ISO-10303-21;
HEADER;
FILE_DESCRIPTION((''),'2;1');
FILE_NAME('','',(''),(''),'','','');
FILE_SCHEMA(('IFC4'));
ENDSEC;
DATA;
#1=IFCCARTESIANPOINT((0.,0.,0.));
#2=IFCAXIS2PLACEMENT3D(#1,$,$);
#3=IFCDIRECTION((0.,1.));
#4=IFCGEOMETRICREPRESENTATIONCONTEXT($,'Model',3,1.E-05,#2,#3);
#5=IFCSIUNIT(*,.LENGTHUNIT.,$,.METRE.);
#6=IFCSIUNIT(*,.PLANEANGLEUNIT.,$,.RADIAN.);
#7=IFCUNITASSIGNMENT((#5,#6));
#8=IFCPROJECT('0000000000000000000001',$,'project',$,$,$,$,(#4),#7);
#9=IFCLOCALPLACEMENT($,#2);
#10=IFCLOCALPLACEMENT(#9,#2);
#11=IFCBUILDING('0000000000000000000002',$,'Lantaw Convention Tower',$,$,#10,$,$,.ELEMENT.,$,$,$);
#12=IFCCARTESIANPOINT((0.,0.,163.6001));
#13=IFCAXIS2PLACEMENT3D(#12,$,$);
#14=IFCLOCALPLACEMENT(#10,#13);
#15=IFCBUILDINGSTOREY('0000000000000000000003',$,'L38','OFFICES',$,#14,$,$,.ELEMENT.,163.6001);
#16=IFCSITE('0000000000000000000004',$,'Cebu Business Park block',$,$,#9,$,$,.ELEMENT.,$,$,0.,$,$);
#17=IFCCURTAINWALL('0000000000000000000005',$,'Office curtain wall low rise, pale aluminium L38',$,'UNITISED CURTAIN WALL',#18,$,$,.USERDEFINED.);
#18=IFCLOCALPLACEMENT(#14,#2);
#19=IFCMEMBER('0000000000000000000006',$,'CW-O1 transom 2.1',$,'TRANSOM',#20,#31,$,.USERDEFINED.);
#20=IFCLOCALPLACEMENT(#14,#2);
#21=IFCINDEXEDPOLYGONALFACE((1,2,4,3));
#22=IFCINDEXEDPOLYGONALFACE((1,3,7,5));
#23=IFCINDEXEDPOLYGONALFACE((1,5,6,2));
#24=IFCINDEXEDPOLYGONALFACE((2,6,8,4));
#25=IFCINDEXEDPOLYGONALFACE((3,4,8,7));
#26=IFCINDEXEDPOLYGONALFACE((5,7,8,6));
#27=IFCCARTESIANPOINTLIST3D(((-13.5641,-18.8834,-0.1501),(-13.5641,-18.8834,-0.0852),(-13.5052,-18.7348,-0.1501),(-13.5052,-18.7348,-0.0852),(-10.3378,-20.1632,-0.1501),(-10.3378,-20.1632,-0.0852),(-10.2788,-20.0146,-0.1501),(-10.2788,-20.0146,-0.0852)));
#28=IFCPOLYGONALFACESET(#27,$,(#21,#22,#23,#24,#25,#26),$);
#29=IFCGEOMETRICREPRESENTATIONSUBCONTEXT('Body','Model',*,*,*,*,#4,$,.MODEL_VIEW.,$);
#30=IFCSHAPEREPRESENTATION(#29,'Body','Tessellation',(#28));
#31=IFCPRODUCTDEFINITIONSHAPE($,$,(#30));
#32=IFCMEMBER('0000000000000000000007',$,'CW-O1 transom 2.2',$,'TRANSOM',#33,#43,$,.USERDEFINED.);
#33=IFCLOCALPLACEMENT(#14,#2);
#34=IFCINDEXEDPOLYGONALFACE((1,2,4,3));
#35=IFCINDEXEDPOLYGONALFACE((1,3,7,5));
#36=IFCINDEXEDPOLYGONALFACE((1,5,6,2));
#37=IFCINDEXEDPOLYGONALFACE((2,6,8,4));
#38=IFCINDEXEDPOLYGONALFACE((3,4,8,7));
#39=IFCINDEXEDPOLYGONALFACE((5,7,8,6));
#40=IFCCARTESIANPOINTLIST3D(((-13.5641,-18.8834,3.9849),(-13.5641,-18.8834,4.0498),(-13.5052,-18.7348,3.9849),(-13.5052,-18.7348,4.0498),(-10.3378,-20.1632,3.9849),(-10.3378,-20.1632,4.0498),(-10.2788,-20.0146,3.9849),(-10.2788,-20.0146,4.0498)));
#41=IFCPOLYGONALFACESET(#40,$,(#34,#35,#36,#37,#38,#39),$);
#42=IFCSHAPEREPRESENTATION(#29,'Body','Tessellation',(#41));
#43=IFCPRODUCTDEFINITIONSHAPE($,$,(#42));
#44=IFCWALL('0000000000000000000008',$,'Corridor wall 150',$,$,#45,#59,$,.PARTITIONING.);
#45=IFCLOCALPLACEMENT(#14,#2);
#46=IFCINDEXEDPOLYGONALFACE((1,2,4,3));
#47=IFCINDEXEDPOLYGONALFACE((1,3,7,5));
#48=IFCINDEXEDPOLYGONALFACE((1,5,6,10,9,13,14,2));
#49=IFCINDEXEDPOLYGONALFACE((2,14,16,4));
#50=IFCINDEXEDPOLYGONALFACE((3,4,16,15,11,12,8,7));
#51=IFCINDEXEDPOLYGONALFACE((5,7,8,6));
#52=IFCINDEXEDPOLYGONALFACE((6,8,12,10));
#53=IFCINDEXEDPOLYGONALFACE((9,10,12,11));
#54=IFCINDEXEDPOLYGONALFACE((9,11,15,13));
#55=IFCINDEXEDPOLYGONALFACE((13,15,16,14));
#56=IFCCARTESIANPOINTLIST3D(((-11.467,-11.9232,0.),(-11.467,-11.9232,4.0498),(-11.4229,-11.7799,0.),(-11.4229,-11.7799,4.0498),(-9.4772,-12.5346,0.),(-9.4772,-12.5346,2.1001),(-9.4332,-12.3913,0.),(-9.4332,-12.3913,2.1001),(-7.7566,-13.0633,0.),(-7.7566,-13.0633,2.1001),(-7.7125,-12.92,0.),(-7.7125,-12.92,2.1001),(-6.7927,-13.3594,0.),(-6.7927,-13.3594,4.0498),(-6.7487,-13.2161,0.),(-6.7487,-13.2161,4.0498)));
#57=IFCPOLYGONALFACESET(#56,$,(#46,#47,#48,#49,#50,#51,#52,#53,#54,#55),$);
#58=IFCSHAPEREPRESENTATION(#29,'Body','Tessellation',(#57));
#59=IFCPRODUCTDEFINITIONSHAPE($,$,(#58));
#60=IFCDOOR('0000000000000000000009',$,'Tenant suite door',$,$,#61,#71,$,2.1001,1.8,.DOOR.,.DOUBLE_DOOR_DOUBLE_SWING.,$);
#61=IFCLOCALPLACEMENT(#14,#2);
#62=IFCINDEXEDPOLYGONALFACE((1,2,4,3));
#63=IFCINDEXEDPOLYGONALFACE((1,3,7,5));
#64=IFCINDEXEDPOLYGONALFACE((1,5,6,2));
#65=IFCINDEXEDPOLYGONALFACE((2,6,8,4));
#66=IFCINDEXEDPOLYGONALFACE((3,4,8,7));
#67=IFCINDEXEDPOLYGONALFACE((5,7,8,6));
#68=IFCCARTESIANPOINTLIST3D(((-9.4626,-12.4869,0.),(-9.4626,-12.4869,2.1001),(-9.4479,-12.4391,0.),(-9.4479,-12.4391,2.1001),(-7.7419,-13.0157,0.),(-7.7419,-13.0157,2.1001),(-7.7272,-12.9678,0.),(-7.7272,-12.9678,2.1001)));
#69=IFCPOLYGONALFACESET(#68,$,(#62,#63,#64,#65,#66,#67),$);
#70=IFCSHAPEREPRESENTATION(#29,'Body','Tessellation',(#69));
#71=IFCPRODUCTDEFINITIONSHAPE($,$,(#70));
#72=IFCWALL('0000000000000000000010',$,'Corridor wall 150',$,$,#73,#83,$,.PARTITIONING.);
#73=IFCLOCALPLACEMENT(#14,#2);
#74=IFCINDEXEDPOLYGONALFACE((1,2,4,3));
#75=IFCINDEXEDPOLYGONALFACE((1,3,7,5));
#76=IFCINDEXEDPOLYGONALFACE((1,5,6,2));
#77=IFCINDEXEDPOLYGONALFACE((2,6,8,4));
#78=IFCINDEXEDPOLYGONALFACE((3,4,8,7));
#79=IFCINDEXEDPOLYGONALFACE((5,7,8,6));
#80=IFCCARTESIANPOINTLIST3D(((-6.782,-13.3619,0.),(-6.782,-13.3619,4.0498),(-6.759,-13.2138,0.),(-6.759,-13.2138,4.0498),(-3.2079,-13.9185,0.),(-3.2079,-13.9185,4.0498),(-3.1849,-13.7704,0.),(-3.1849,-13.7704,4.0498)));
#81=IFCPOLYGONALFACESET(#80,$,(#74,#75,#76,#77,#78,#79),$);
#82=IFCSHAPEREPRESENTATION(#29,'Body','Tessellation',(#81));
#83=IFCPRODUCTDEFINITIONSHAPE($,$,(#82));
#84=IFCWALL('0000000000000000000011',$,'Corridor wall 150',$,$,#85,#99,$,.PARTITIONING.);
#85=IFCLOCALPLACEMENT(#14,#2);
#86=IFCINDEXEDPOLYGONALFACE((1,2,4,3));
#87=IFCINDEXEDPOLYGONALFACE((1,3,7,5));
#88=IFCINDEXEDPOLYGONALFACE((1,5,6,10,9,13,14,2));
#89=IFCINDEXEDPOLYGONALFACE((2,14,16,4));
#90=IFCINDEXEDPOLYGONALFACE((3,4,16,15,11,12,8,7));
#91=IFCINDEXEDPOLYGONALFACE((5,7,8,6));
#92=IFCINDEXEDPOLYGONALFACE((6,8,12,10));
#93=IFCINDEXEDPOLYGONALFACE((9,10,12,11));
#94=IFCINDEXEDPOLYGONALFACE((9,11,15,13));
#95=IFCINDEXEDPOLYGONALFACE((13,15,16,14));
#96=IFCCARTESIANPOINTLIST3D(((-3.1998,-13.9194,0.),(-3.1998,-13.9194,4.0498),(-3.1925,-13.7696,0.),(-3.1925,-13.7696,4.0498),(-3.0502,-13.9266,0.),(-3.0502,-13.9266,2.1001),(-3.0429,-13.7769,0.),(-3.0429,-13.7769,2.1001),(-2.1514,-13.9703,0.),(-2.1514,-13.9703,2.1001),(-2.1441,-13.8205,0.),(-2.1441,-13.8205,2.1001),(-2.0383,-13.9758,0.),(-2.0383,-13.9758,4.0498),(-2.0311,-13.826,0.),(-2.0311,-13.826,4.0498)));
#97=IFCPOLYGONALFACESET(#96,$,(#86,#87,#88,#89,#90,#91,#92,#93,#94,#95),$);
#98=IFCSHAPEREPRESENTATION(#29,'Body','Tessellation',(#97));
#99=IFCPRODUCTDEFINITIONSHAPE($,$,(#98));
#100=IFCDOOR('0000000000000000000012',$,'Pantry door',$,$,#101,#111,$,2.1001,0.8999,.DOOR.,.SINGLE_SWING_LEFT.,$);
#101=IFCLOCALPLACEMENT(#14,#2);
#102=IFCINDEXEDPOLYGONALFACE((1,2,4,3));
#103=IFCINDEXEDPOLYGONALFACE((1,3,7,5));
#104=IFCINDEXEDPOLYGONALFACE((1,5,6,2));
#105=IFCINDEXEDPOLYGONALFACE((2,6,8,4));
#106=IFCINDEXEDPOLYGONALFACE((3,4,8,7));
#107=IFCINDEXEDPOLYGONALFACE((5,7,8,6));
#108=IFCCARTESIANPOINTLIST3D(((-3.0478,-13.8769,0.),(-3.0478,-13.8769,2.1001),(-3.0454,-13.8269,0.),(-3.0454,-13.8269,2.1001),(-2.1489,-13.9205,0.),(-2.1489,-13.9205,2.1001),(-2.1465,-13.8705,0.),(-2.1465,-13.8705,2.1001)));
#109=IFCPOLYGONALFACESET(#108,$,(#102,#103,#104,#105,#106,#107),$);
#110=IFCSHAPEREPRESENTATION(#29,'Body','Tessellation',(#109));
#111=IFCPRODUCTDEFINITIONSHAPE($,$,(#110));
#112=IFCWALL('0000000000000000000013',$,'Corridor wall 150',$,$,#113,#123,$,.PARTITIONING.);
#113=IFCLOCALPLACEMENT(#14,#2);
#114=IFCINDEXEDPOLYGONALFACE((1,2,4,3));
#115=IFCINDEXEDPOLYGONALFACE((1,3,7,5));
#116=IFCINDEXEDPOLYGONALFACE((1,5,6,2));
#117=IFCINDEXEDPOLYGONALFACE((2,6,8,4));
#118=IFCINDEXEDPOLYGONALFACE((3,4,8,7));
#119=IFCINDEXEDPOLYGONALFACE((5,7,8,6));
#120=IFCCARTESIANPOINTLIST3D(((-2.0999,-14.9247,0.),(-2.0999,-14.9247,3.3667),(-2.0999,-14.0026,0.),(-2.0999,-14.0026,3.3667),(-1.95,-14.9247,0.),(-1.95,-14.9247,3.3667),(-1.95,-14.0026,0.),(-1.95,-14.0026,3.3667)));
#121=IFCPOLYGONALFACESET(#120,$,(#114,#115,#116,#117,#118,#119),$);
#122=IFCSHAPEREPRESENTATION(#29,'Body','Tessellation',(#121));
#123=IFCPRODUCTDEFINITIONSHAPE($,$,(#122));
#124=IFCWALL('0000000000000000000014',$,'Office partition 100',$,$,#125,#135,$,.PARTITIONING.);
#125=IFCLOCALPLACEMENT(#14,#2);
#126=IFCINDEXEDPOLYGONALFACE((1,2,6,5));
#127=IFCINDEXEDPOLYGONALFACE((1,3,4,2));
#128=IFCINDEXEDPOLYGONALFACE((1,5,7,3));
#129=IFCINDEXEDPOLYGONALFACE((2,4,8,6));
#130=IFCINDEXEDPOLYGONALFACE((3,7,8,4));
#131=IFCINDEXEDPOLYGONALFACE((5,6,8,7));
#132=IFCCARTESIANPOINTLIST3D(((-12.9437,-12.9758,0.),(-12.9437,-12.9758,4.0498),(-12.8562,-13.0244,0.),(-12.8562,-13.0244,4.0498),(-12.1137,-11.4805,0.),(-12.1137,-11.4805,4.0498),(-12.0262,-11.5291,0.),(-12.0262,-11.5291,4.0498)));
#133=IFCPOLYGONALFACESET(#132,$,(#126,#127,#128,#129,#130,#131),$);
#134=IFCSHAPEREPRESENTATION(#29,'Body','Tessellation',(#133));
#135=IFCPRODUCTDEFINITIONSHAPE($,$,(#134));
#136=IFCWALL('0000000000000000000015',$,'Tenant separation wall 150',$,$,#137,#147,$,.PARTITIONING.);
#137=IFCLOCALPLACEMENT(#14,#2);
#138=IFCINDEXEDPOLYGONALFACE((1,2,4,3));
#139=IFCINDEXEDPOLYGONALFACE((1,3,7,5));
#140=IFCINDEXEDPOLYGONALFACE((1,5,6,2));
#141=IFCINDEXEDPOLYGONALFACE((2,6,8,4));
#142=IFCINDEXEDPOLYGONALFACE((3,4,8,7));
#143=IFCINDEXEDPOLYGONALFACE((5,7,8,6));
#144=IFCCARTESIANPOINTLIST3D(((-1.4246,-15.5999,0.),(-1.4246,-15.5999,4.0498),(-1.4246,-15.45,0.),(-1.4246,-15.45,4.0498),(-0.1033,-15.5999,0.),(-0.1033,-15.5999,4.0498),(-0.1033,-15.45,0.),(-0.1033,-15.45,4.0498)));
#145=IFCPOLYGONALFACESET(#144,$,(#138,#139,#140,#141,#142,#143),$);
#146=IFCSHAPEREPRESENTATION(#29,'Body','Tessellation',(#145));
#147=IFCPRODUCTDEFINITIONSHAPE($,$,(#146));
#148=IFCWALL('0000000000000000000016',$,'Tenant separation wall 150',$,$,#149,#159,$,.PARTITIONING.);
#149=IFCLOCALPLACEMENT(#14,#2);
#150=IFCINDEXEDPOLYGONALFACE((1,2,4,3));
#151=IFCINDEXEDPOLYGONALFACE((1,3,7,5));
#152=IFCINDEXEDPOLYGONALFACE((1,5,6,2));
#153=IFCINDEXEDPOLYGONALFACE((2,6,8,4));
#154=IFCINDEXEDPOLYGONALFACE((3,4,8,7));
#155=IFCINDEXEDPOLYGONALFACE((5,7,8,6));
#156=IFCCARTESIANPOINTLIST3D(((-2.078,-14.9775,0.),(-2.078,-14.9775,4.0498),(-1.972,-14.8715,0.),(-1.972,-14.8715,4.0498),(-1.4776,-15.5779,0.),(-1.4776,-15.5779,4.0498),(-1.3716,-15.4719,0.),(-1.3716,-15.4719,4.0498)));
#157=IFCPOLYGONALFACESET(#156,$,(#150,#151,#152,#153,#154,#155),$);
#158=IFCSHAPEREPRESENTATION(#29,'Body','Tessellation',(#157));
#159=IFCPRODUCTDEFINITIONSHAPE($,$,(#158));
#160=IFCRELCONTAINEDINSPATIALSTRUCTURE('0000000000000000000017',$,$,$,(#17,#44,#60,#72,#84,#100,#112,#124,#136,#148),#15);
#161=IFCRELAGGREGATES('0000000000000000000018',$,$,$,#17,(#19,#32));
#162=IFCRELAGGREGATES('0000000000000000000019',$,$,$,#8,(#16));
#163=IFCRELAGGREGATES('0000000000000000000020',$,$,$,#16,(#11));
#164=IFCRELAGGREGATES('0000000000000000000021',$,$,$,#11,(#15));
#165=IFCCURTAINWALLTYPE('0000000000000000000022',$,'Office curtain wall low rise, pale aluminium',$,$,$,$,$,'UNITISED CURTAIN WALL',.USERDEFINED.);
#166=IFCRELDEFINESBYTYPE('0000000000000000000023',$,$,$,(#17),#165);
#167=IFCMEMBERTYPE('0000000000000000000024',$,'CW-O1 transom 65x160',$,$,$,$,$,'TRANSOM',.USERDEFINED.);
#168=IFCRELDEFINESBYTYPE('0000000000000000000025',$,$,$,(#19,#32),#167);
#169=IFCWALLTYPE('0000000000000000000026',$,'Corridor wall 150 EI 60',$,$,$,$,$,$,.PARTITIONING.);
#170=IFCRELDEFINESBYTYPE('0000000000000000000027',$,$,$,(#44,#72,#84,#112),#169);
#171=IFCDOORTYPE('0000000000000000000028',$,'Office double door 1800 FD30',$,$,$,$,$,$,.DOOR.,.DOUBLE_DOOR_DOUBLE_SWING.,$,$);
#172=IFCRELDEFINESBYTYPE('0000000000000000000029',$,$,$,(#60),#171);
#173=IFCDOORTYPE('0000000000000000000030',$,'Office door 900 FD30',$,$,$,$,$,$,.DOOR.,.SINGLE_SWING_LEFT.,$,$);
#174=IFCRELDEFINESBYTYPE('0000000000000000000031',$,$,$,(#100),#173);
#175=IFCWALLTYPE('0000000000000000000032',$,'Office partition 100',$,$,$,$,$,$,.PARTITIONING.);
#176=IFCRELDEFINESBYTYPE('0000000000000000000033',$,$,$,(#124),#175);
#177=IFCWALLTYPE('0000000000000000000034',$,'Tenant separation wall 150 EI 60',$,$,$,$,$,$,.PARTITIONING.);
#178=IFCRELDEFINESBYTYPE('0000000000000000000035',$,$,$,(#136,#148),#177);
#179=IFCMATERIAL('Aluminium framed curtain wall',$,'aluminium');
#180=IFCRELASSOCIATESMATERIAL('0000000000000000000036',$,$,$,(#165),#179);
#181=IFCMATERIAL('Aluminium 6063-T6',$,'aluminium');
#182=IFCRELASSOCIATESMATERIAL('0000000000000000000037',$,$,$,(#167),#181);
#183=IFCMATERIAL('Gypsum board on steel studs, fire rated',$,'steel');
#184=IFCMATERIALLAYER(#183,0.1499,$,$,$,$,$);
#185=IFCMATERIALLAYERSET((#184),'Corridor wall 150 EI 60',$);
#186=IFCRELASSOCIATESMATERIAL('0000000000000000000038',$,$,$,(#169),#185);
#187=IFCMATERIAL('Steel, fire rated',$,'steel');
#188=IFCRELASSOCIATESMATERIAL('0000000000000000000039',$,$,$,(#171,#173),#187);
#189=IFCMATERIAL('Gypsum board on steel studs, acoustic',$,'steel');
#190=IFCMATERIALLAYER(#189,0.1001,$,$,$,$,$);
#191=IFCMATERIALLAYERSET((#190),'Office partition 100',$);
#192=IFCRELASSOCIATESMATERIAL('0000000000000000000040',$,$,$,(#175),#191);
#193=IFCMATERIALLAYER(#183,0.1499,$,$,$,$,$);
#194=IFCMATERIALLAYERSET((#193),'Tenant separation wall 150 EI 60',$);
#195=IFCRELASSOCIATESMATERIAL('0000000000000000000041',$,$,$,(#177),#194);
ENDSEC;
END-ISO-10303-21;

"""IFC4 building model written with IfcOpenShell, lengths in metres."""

from ifc_helpers import new_model, si_unit, direction, frame, frame_2d, origin, origin_2d, place, context, subcontext, project, spatial, rectangle, extrude, material, layer, layer_set, material_profile, profile_set, type_object, element, fill, aggregate, save


model = new_model("IFC4")

# Units and contexts
model_context = context("Model", 3, precision=1e-05, world=origin(), true_north=direction((0.0, 1.0)))
body_context = subcontext(model_context, "Body", "Model", "MODEL_VIEW")
ifc_project = project(units=[si_unit("LENGTHUNIT", "METRE"), si_unit("PLANEANGLEUNIT", "RADIAN")], contexts=[model_context])

# Site, building, storey
site_placement = place(None, origin())
site = spatial("IfcSite", under=ifc_project, at=site_placement, Name="Cebu Business Park block", CompositionType="ELEMENT", RefElevation=0.0)
building_placement = place(site_placement, origin())
building = spatial("IfcBuilding", under=site, at=building_placement, Name="Lantaw Convention Tower", CompositionType="ELEMENT")
storey_placement = place(building_placement, frame((0.0, 0.0, 163.6001)))
storey = spatial("IfcBuildingStorey", under=building, at=storey_placement, Name="L38", Description="OFFICES", CompositionType="ELEMENT", Elevation=163.6001)

# Curtain wall, members
ifc_material_1 = material(Name="Aluminium framed curtain wall", Category="aluminium")
curtain_wall_type = type_object("IfcCurtainWallType", Name="Office curtain wall low rise, pale aluminium", ElementType="UNITISED CURTAIN WALL", PredefinedType="USERDEFINED", material=ifc_material_1)
curtain_wall_placement = place(storey_placement, origin())
curtain_wall = element("IfcCurtainWall", 1, at=curtain_wall_placement, inside=storey, type_object=curtain_wall_type, Name="Office curtain wall low rise, pale aluminium L38", ObjectType="UNITISED CURTAIN WALL", PredefinedType="USERDEFINED")
ifc_material_2 = material(Name="Aluminium 6063-T6", Category="aluminium")
ifc_material_profile_1 = material_profile(ifc_material_2, rectangle(XDim=0.1599, YDim=0.0649, at=origin_2d()), Name="CW-O1 transom 65x160")
ifc_profile_set_1 = profile_set([ifc_material_profile_1], Name="Aluminium 6063-T6")
member_type_1 = type_object("IfcMemberType", Name="CW-O1 transom 65x160", ElementType="TRANSOM", PredefinedType="USERDEFINED", material=ifc_profile_set_1)
member_1_placement = place(storey_placement, frame((-13.5347, -18.8091, -0.1177), z_axis=(0.92954, -0.368721, 0.0), x_axis=(0.368721, 0.92954, 0.0)))
member_1 = element("IfcMember", 2, at=member_1_placement, type_object=member_type_1, Name="CW-O1 transom 2.1", ObjectType="TRANSOM", PredefinedType="USERDEFINED", context=body_context, shape_type="SweptSolid", body=[
    extrude(rectangle(XDim=0.1599, YDim=0.0649, at=origin_2d()), origin(), (0.0, 0.0, 1.0), 3.4709),
])
member_2_placement = place(storey_placement, frame((-13.5347, -18.8091, 4.0173), z_axis=(0.92954, -0.368721, 0.0), x_axis=(0.368721, 0.92954, 0.0)))
member_2 = element("IfcMember", 3, at=member_2_placement, type_object=member_type_1, Name="CW-O1 transom 2.2", ObjectType="TRANSOM", PredefinedType="USERDEFINED", context=body_context, shape_type="SweptSolid", body=[
    extrude(rectangle(XDim=0.1599, YDim=0.0649, at=origin_2d()), origin(), (0.0, 0.0, 1.0), 3.4709),
])
aggregate(curtain_wall, [member_1, member_2])

# Wall, opening, door
ifc_material_3 = material(Name="Gypsum board on steel studs, fire rated", Category="steel")
ifc_layer_1 = layer(ifc_material_3, 0.1499)
ifc_layer_set_1 = layer_set([ifc_layer_1], Name="Corridor wall 150 EI 60")
wall_type_1 = type_object("IfcWallType", Name="Corridor wall 150 EI 60", PredefinedType="PARTITIONING", material=ifc_layer_set_1)
wall_1_placement = place(storey_placement, frame((-11.4448, -11.8516, 0.0), z_axis=(0.0, 0.0, 1.0), x_axis=(0.955892, -0.293717, 0.0)))
wall_1 = element("IfcWall", 4, at=wall_1_placement, inside=storey, type_object=wall_type_1, Name="Corridor wall 150", PredefinedType="PARTITIONING", context=body_context, shape_type="SweptSolid", body=[
    extrude(rectangle(XDim=4.8899, YDim=0.1499, at=frame_2d((2.4448, 0.0))), origin(), (0.0, 0.0, 1.0), 4.0498),
])
opening_1_placement = place(wall_1_placement, frame((2.0815, 0.0, 0.0)))
opening_1 = element("IfcOpeningElement", 5, at=opening_1_placement, cuts=wall_1, PredefinedType="OPENING", context=body_context, shape_type="SweptSolid", body=[
    extrude(rectangle(XDim=1.8, YDim=2.1001, at=frame_2d((0.8999, 1.05))), frame((0.0, 0.085, 0.0), z_axis=(0.0, -1.0, 0.0), x_axis=(1.0, 0.0, 0.0)), (0.0, 0.0, 1.0), 0.1699),
])
ifc_material_4 = material(Name="Steel, fire rated", Category="steel")
door_type_1 = type_object("IfcDoorType", Name="Office double door 1800 FD30", OperationType="DOUBLE_DOOR_DOUBLE_SWING", PredefinedType="DOOR", material=ifc_material_4)
door_1_placement = place(opening_1_placement, origin())
door_1 = element("IfcDoor", 6, at=door_1_placement, inside=storey, type_object=door_type_1, Name="Tenant suite door", OperationType="DOUBLE_DOOR_DOUBLE_SWING", OverallHeight=2.1001, OverallWidth=1.8, PredefinedType="DOOR", context=body_context, shape_type="SweptSolid", body=[
    extrude(rectangle(XDim=1.8, YDim=2.1001, at=frame_2d((0.8999, 1.05))), frame((0.0, 0.0249, 0.0), z_axis=(0.0, -1.0, 0.0), x_axis=(1.0, 0.0, 0.0)), (0.0, 0.0, 1.0), 0.05),
])
fill(opening_1, door_1)

# Wall
wall_2_placement = place(storey_placement, frame((-6.7705, -13.2878, 0.0), z_axis=(0.0, 0.0, 1.0), x_axis=(0.988089, -0.153883, 0.0)))
element("IfcWall", 7, at=wall_2_placement, inside=storey, type_object=wall_type_1, Name="Corridor wall 150", PredefinedType="PARTITIONING", context=body_context, shape_type="SweptSolid", body=[
    extrude(rectangle(XDim=3.6172, YDim=0.1499, at=frame_2d((1.8086, 0.0))), origin(), (0.0, 0.0, 1.0), 4.0498),
])

# Wall, opening, door
wall_3_placement = place(storey_placement, frame((-3.1963, -13.8445, 0.0), z_axis=(0.0, 0.0, 1.0), x_axis=(0.998823, -0.048503, 0.0)))
wall_3 = element("IfcWall", 8, at=wall_3_placement, inside=storey, type_object=wall_type_1, Name="Corridor wall 150", PredefinedType="PARTITIONING", context=body_context, shape_type="SweptSolid", body=[
    extrude(rectangle(XDim=1.1628, YDim=0.1499, at=frame_2d((0.5815, 0.0))), origin(), (0.0, 0.0, 1.0), 4.0498),
])
opening_2_placement = place(wall_3_placement, frame((0.1499, 0.0, 0.0)))
opening_2 = element("IfcOpeningElement", 9, at=opening_2_placement, cuts=wall_3, PredefinedType="OPENING", context=body_context, shape_type="SweptSolid", body=[
    extrude(rectangle(XDim=0.8999, YDim=2.1001, at=frame_2d((0.45, 1.05))), frame((0.0, 0.085, 0.0), z_axis=(0.0, -1.0, 0.0), x_axis=(1.0, 0.0, 0.0)), (0.0, 0.0, 1.0), 0.1699),
])
door_type_2 = type_object("IfcDoorType", Name="Office door 900 FD30", OperationType="SINGLE_SWING_LEFT", PredefinedType="DOOR", material=ifc_material_4)
door_2_placement = place(opening_2_placement, origin())
door_2 = element("IfcDoor", 10, at=door_2_placement, inside=storey, type_object=door_type_2, Name="Pantry door", OperationType="SINGLE_SWING_LEFT", OverallHeight=2.1001, OverallWidth=0.8999, PredefinedType="DOOR", context=body_context, shape_type="SweptSolid", body=[
    extrude(rectangle(XDim=0.8999, YDim=2.1001, at=frame_2d((0.45, 1.05))), frame((0.0, 0.0249, 0.0), z_axis=(0.0, -1.0, 0.0), x_axis=(1.0, 0.0, 0.0)), (0.0, 0.0, 1.0), 0.05),
])
fill(opening_2, door_2)

# Walls
wall_4_placement = place(storey_placement, frame((-2.0249, -14.9246, 0.0), z_axis=(0.0, 0.0, 1.0), x_axis=(0.0, 1.0, 0.0)))
element("IfcWall", 11, at=wall_4_placement, inside=storey, type_object=wall_type_1, Name="Corridor wall 150", PredefinedType="PARTITIONING", context=body_context, shape_type="SweptSolid", body=[
    extrude(rectangle(XDim=0.9221, YDim=0.1499, at=frame_2d((0.4609, 0.0))), origin(), (0.0, 0.0, 1.0), 3.3667),
])
ifc_material_5 = material(Name="Gypsum board on steel studs, acoustic", Category="steel")
ifc_layer_2 = layer(ifc_material_5, 0.1001)
ifc_layer_set_2 = layer_set([ifc_layer_2], Name="Office partition 100")
wall_type_2 = type_object("IfcWallType", Name="Office partition 100", PredefinedType="PARTITIONING", material=ifc_layer_set_2)
wall_5_placement = place(storey_placement, frame((-12.8999, -13.0, 0.0), z_axis=(0.0, 0.0, 1.0), x_axis=(0.48534, 0.874326, 0.0)))
element("IfcWall", 12, at=wall_5_placement, inside=storey, type_object=wall_type_2, Name="Office partition 100", PredefinedType="PARTITIONING", context=body_context, shape_type="SweptSolid", body=[
    extrude(rectangle(XDim=1.7102, YDim=0.1001, at=frame_2d((0.855, 0.0))), origin(), (0.0, 0.0, 1.0), 4.0498),
])
ifc_layer_3 = layer(ifc_material_3, 0.1499)
ifc_layer_set_3 = layer_set([ifc_layer_3], Name="Tenant separation wall 150 EI 60")
wall_type_3 = type_object("IfcWallType", Name="Tenant separation wall 150 EI 60", PredefinedType="PARTITIONING", material=ifc_layer_set_3)
wall_6_placement = place(storey_placement, frame((-0.1033, -15.5249, 0.0), z_axis=(0.0, 0.0, 1.0), x_axis=(-1.0, 0.0, 0.0)))
element("IfcWall", 13, at=wall_6_placement, inside=storey, type_object=wall_type_3, Name="Tenant separation wall 150", PredefinedType="PARTITIONING", context=body_context, shape_type="SweptSolid", body=[
    extrude(rectangle(XDim=1.3213, YDim=0.1499, at=frame_2d((0.6606, 0.0))), origin(), (0.0, 0.0, 1.0), 4.0498),
])
wall_7_placement = place(storey_placement, frame((-1.4246, -15.5249, 0.0), z_axis=(0.0, 0.0, 1.0), x_axis=(-0.707107, 0.707107, 0.0)))
element("IfcWall", 14, at=wall_7_placement, inside=storey, type_object=wall_type_3, Name="Tenant separation wall 150", PredefinedType="PARTITIONING", context=body_context, shape_type="SweptSolid", body=[
    extrude(rectangle(XDim=0.8491, YDim=0.1499, at=frame_2d((0.4246, 0.0))), origin(), (0.0, 0.0, 1.0), 4.0498),
])

save(model, "model.ifc")
